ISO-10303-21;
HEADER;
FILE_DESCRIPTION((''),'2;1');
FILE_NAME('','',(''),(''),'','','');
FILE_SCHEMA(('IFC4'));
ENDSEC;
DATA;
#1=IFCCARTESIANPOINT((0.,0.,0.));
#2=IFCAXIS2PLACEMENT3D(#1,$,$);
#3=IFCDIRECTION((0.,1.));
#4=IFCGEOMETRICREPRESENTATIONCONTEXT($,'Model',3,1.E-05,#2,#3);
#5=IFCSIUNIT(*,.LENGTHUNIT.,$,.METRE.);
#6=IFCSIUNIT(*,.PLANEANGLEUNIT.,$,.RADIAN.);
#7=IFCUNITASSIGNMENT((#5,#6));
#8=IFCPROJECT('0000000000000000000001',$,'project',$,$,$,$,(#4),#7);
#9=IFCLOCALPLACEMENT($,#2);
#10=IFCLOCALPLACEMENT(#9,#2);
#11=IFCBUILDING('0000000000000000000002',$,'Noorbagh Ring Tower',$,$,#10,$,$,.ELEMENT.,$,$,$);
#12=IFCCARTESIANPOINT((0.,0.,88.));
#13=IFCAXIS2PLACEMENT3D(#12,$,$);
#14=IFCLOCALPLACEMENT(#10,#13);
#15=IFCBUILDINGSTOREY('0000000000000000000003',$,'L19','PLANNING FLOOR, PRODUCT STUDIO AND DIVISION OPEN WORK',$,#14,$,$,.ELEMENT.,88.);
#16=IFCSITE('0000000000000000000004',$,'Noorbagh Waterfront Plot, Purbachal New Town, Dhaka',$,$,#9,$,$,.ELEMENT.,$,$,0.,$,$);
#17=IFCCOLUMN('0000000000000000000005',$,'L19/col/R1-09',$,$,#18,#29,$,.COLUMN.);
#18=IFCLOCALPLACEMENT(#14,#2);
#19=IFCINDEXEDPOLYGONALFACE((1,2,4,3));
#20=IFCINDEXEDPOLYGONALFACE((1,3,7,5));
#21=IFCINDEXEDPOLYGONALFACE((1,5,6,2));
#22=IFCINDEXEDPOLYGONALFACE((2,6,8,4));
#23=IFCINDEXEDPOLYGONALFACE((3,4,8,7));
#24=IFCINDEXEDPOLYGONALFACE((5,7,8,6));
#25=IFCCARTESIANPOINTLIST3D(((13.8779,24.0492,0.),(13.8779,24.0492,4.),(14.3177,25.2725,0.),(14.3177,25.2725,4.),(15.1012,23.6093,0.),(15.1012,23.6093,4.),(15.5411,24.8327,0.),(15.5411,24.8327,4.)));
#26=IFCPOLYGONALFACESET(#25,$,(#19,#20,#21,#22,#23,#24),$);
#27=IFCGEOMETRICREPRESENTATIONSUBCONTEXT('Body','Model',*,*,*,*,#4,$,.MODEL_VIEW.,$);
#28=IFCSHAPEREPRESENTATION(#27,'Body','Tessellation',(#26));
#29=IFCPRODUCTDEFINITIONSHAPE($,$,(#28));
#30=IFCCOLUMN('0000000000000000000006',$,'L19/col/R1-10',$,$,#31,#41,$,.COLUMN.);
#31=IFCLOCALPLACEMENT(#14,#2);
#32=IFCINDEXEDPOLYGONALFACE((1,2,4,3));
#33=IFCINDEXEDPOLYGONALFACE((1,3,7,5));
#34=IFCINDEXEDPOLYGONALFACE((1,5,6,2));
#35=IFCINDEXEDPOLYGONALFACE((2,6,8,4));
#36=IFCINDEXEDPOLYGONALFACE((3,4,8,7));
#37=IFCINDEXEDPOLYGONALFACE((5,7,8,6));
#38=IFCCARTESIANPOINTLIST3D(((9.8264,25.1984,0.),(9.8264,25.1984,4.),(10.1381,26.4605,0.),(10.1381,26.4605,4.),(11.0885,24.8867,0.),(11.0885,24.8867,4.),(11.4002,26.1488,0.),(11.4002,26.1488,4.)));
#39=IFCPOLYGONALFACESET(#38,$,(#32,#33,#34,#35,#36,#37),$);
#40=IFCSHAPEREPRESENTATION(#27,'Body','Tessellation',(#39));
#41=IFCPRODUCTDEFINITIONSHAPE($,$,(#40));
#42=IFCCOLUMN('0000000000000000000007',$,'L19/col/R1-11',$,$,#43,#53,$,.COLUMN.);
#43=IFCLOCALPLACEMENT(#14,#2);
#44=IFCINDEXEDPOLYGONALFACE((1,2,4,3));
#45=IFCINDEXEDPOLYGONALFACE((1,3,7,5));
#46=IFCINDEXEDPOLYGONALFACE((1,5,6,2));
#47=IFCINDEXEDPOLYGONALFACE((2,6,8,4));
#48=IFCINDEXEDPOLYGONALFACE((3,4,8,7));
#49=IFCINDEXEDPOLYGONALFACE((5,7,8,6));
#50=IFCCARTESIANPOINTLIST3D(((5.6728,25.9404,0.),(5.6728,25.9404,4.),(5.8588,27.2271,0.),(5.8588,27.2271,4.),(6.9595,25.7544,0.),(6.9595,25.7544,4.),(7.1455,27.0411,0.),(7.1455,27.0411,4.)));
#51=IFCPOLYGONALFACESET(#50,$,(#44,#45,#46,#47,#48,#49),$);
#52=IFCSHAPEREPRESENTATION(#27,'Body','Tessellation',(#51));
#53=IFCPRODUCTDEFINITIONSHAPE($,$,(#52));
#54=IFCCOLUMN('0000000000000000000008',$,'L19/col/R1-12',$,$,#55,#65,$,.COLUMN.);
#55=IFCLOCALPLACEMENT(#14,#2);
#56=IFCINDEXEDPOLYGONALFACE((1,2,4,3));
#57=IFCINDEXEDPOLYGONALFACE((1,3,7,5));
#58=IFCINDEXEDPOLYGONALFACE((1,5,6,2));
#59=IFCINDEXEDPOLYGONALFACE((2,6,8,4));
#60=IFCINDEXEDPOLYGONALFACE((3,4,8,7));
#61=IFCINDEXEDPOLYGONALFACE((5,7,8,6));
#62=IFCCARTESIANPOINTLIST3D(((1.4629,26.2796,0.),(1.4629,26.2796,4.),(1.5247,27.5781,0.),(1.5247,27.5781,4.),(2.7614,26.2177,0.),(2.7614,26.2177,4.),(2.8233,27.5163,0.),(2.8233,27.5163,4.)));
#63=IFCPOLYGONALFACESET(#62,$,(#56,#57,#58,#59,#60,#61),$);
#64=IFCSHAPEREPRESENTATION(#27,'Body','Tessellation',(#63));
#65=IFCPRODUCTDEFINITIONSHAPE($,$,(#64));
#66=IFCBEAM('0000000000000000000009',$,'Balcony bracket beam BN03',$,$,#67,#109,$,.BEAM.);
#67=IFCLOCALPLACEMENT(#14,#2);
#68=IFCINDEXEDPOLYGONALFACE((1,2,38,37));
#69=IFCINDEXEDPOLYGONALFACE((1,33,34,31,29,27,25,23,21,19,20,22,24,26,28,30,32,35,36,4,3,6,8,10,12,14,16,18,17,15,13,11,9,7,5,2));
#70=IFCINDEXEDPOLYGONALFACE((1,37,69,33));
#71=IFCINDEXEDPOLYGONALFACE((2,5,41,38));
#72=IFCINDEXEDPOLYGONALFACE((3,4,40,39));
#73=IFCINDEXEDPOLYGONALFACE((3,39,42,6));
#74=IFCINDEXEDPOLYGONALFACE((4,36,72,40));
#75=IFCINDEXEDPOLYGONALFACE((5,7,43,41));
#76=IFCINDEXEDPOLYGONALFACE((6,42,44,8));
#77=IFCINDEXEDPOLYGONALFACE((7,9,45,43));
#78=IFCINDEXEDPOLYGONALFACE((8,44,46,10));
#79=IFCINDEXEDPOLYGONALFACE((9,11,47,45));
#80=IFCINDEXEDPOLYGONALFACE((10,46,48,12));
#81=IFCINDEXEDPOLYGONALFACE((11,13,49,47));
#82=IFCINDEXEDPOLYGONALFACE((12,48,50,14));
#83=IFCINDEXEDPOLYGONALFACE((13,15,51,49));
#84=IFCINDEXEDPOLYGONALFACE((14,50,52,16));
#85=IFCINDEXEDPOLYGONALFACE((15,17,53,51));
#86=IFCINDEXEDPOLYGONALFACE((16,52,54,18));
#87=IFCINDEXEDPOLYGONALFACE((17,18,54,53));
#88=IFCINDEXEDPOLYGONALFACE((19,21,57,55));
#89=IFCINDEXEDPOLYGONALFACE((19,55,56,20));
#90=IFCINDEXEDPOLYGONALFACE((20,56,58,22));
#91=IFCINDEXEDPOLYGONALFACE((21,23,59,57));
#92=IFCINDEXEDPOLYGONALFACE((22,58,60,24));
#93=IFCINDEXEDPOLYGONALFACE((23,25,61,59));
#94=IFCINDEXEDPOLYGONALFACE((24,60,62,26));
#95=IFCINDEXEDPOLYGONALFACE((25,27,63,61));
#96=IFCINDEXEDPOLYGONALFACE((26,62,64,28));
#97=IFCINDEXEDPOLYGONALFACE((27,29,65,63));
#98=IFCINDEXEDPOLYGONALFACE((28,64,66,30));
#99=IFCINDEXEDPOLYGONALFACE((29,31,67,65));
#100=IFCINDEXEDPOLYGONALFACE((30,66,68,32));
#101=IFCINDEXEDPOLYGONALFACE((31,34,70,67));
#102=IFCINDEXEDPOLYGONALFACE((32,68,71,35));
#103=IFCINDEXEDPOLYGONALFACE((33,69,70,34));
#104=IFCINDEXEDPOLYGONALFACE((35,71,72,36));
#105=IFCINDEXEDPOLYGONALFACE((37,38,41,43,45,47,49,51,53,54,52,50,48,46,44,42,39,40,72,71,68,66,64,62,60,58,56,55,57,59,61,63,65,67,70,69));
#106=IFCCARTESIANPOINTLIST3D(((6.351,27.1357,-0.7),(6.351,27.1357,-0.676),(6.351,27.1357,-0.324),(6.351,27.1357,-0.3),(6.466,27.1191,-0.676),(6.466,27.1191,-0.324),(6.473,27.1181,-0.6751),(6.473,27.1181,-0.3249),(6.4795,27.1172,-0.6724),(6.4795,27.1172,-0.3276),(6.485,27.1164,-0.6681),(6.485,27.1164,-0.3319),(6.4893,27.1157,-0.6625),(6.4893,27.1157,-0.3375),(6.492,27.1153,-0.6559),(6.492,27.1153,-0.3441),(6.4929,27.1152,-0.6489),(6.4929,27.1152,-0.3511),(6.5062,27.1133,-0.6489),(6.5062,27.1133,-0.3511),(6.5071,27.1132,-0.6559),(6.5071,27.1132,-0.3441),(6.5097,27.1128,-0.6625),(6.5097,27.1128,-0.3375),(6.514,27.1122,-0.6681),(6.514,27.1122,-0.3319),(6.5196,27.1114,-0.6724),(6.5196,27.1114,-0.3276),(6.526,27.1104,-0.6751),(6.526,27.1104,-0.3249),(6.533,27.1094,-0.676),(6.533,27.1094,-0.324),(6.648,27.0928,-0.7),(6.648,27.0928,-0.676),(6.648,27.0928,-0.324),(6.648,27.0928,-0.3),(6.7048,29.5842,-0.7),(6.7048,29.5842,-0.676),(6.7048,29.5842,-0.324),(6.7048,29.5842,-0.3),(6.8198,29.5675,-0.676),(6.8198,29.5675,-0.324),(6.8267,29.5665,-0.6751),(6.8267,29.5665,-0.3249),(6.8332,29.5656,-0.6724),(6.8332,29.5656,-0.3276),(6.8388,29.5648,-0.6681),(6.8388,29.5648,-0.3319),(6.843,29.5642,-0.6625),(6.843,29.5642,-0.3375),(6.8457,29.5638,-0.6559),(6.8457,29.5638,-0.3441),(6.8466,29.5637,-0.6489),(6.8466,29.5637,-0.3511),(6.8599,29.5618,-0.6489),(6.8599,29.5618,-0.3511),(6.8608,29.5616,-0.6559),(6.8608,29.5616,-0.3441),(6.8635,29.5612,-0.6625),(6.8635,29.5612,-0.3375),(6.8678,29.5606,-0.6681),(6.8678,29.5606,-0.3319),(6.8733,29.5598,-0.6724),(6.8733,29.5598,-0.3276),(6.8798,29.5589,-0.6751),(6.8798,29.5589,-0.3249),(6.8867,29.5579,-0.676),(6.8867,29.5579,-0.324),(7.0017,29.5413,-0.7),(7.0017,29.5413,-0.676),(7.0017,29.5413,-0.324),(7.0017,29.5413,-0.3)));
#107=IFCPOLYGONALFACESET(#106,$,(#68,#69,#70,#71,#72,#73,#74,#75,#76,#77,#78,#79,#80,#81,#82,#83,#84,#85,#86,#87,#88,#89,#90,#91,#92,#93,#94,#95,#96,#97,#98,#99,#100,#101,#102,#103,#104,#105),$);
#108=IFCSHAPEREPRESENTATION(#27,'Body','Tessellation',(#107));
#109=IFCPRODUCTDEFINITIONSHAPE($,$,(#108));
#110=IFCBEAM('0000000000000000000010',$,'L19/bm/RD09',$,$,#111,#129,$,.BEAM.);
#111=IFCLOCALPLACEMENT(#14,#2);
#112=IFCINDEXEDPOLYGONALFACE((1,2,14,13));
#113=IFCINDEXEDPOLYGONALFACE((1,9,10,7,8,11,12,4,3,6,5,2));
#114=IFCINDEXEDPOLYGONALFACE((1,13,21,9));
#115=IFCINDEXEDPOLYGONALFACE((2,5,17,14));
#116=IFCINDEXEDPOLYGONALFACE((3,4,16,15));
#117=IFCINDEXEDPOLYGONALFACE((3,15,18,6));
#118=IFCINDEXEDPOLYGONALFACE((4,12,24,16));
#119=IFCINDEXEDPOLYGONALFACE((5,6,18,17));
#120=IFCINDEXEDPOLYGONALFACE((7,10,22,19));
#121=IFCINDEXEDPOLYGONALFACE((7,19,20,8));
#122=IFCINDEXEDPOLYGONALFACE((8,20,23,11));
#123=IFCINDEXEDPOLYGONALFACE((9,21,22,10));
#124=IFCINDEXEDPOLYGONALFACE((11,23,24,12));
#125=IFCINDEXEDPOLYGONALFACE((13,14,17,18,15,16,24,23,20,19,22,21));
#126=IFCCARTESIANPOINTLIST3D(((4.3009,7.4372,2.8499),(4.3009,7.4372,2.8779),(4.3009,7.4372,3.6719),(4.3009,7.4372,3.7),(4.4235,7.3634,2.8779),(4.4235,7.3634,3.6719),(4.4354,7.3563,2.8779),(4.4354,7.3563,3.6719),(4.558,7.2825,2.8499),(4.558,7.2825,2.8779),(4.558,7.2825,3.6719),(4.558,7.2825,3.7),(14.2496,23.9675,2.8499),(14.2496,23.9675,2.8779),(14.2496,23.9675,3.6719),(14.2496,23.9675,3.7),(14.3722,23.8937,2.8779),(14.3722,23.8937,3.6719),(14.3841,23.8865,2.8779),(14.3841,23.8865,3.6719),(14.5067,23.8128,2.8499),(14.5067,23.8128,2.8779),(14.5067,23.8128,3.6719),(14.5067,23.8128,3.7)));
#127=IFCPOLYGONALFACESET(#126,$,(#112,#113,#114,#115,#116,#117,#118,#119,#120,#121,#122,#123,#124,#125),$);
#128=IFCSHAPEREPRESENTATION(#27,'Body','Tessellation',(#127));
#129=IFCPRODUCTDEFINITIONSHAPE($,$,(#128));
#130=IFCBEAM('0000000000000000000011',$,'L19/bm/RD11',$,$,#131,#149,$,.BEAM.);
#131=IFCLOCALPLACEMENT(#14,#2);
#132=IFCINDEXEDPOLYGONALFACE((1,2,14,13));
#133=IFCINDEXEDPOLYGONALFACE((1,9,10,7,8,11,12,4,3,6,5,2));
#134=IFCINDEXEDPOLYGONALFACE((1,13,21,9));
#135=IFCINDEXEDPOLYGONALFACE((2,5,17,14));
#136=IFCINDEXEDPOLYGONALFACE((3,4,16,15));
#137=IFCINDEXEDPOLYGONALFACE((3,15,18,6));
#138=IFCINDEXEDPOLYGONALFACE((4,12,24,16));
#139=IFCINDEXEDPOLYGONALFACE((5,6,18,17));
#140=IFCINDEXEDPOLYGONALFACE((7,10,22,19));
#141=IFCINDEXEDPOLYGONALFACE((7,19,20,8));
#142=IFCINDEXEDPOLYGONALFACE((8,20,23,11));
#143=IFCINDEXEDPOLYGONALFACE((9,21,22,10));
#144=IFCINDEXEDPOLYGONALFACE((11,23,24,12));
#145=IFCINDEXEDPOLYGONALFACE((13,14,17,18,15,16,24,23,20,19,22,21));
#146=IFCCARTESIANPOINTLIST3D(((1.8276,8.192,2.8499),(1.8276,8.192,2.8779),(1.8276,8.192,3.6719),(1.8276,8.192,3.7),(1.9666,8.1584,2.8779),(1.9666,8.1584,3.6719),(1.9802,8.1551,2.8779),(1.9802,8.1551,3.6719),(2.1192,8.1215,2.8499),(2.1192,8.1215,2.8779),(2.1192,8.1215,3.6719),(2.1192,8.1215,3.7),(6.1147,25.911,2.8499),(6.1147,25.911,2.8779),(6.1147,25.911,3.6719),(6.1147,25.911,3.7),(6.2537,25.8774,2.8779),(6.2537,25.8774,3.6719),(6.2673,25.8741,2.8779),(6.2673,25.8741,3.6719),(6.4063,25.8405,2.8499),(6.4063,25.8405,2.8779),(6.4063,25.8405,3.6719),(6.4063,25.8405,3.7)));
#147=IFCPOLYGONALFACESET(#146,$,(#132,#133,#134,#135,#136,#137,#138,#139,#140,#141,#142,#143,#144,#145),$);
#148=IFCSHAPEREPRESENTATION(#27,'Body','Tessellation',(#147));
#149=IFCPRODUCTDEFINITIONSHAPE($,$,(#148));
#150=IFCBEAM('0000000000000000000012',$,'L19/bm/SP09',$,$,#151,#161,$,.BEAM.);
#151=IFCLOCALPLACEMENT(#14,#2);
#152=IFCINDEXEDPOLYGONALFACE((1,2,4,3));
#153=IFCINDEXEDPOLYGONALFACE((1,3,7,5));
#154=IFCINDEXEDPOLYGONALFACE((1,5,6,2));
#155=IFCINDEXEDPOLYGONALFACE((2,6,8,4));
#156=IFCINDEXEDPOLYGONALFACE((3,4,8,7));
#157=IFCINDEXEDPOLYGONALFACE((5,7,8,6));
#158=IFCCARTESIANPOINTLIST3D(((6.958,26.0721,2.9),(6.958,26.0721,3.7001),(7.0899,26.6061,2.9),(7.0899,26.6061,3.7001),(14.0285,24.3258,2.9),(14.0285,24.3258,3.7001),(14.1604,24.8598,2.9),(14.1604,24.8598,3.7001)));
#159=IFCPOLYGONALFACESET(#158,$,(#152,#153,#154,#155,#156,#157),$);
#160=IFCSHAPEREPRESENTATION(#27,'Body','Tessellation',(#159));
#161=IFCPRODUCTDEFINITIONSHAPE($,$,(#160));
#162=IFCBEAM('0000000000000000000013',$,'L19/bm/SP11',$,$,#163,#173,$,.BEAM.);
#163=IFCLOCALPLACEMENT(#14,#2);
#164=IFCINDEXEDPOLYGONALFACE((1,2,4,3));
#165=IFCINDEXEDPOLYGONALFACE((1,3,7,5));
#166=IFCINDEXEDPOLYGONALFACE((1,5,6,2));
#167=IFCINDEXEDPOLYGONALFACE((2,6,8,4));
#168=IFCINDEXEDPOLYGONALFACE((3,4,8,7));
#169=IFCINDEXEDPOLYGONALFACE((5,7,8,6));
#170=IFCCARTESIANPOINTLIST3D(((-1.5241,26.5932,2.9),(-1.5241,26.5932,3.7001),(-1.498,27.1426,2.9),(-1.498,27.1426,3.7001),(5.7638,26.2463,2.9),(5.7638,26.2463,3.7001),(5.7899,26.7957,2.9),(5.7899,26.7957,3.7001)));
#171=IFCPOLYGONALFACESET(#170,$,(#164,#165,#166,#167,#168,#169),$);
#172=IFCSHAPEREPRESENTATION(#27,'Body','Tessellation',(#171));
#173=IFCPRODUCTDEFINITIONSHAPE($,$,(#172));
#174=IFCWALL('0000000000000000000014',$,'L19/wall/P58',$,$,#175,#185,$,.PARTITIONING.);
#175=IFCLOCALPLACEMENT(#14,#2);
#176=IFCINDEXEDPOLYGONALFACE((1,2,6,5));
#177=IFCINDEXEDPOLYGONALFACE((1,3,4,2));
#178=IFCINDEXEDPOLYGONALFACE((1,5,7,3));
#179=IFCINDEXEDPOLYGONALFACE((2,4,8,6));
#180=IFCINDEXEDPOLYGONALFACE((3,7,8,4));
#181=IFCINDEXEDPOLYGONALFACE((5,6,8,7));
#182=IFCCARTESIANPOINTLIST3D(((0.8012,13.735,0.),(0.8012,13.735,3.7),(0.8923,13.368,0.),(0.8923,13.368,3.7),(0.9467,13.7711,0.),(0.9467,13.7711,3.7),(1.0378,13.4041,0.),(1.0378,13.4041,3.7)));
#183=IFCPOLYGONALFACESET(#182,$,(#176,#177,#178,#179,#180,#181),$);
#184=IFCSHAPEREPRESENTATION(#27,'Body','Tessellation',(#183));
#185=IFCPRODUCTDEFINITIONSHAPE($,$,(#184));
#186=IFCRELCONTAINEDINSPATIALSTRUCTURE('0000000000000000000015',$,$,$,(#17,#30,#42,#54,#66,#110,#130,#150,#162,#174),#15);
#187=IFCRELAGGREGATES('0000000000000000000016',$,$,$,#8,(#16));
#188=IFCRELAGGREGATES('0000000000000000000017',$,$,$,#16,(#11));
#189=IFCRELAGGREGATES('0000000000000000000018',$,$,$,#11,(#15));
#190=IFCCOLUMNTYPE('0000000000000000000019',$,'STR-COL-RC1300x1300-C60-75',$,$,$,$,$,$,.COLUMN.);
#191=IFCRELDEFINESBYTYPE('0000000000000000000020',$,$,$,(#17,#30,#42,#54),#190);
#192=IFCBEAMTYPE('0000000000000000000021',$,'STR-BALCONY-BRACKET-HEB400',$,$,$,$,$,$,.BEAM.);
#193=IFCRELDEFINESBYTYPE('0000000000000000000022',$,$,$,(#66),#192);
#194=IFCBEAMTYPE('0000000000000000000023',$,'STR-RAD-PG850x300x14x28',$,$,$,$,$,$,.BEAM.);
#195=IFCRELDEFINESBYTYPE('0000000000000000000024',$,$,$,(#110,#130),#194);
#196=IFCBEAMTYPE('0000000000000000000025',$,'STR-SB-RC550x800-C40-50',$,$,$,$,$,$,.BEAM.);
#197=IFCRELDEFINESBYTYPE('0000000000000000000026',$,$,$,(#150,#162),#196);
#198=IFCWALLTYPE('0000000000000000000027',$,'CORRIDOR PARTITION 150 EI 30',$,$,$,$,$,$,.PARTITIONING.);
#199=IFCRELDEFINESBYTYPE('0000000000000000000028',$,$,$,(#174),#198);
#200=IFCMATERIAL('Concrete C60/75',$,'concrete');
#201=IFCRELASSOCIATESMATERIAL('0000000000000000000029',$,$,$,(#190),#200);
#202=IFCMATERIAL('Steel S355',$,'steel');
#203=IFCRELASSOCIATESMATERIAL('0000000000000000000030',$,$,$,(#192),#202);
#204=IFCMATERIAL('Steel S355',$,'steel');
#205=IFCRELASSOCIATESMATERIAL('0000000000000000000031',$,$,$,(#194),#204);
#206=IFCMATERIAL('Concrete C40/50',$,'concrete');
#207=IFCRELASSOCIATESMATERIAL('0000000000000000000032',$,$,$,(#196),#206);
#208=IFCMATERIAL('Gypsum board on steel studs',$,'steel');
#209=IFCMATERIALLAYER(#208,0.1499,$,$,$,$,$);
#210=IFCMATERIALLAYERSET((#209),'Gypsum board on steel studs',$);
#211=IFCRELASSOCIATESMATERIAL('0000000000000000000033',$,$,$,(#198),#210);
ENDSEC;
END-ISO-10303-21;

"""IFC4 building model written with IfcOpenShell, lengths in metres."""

from ifc_helpers import new_model, si_unit, direction, frame, frame_2d, origin, origin_2d, place, context, subcontext, project, spatial, rectangle, i_section, extrude, material, layer, layer_set, material_profile, profile_set, type_object, element, save


model = new_model("IFC4")

# Units and contexts
model_context = context("Model", 3, precision=1e-05, world=origin(), true_north=direction((0.0, 1.0)))
body_context = subcontext(model_context, "Body", "Model", "MODEL_VIEW")
ifc_project = project(units=[si_unit("LENGTHUNIT", "METRE"), si_unit("PLANEANGLEUNIT", "RADIAN")], contexts=[model_context])

# Site, building, storey
site_placement = place(None, origin())
site = spatial("IfcSite", under=ifc_project, at=site_placement, Name="Noorbagh Waterfront Plot, Purbachal New Town, Dhaka", CompositionType="ELEMENT", RefElevation=0.0)
building_placement = place(site_placement, origin())
building = spatial("IfcBuilding", under=site, at=building_placement, Name="Noorbagh Ring Tower", CompositionType="ELEMENT")
storey_placement = place(building_placement, frame((0.0, 0.0, 88.0)))
storey = spatial("IfcBuildingStorey", under=building, at=storey_placement, Name="L19", Description="PLANNING FLOOR, PRODUCT STUDIO AND DIVISION OPEN WORK", CompositionType="ELEMENT", Elevation=88.0)

# Columns
ifc_material_1 = material(Name="Concrete C60/75", Category="concrete")
ifc_material_profile_1 = material_profile(ifc_material_1, rectangle(XDim=1.3, YDim=1.3, at=origin_2d()), Name="RC1300x1300")
ifc_profile_set_1 = profile_set([ifc_material_profile_1], Name="Concrete C60/75")
column_type = type_object("IfcColumnType", Name="STR-COL-RC1300x1300-C60-75", PredefinedType="COLUMN", material=ifc_profile_set_1)
for number, where, z_axis, x_axis, name in (
    (1, (14.7095, 24.4409, 0.0), (0.0, 0.0, 1.0), (-0.941025, 0.338338, 0.0), "L19/col/R1-09"),
    (2, (10.6133, 25.6736, 0.0), (0.0, 0.0, 1.0), (-0.970829, 0.239771, 0.0), "L19/col/R1-10"),
    (3, (6.4092, 26.4907, 0.0), (0.0, 0.0, 1.0), (-0.989713, 0.143066, 0.0), "L19/col/R1-11"),
    (4, (2.1431, 26.8979, 0.0), (0.0, 0.0, 1.0), (-0.998869, 0.047553, 0.0), "L19/col/R1-12"),
):
    element("IfcColumn", number, at=place(storey_placement, frame(where, z_axis=z_axis, x_axis=x_axis)), inside=storey, type_object=column_type, Name=name, PredefinedType="COLUMN", context=body_context, shape_type="SweptSolid", body=[
        extrude(rectangle(XDim=1.3, YDim=1.3, at=origin_2d()), origin(), (0.0, 0.0, 1.0), 4.0),
    ])

# Beams
ifc_material_2 = material(Name="Steel S355", Category="steel")
ifc_material_profile_2 = material_profile(ifc_material_2, i_section(OverallWidth=0.3, OverallDepth=0.3999, WebThickness=0.0134, FlangeThickness=0.0239, FilletRadius=0.0271, at=origin_2d()), Name="HEB400")
ifc_profile_set_2 = profile_set([ifc_material_profile_2], Name="Steel S355")
beam_type_1 = type_object("IfcBeamType", Name="STR-BALCONY-BRACKET-HEB400", PredefinedType="BEAM", material=ifc_profile_set_2)
beam_1_placement = place(storey_placement, frame((6.4995, 27.1143, -0.5), z_axis=(0.142996, 0.989723, 0.0), x_axis=(-0.989723, 0.142996, 0.0)))
element("IfcBeam", 5, at=beam_1_placement, inside=storey, type_object=beam_type_1, Name="Balcony bracket beam BN03", PredefinedType="BEAM", context=body_context, shape_type="SweptSolid", body=[
    extrude(i_section(OverallWidth=0.3, OverallDepth=0.3999, WebThickness=0.0134, FlangeThickness=0.0239, FilletRadius=0.0271, at=origin_2d()), origin(), (0.0, 0.0, 1.0), 2.4739),
])
ifc_material_3 = material(Name="Steel S355", Category="steel")
ifc_material_profile_3 = material_profile(ifc_material_3, i_section(OverallWidth=0.3, OverallDepth=0.8501, WebThickness=0.0139, FlangeThickness=0.0281, at=origin_2d()), Name="PG850x300x14x28")
ifc_profile_set_3 = profile_set([ifc_material_profile_3], Name="Steel S355")
beam_type_2 = type_object("IfcBeamType", Name="STR-RAD-PG850x300x14x28", PredefinedType="BEAM", material=ifc_profile_set_3)
beam_2_placement = place(storey_placement, frame((14.3782, 23.8901, 3.2749), z_axis=(-0.51566, -0.856793, 0.0), x_axis=(0.856793, -0.51566, 0.0)))
element("IfcBeam", 6, at=beam_2_placement, inside=storey, type_object=beam_type_2, Name="L19/bm/RD09", PredefinedType="BEAM", context=body_context, shape_type="SweptSolid", body=[
    extrude(i_section(OverallWidth=0.3, OverallDepth=0.8501, WebThickness=0.0139, FlangeThickness=0.0281, at=origin_2d()), origin(), (0.0, 0.0, 1.0), 19.2932),
])
beam_3_placement = place(storey_placement, frame((6.2605, 25.8757, 3.2749), z_axis=(-0.235165, -0.971956, 0.0), x_axis=(0.971956, -0.235165, 0.0)))
element("IfcBeam", 7, at=beam_3_placement, inside=storey, type_object=beam_type_2, Name="L19/bm/RD11", PredefinedType="BEAM", context=body_context, shape_type="SweptSolid", body=[
    extrude(i_section(OverallWidth=0.3, OverallDepth=0.8501, WebThickness=0.0139, FlangeThickness=0.0281, at=origin_2d()), origin(), (0.0, 0.0, 1.0), 18.2302),
])
ifc_material_4 = material(Name="Concrete C40/50", Category="concrete")
ifc_material_profile_4 = material_profile(ifc_material_4, rectangle(XDim=0.55, YDim=0.8, at=origin_2d()), Name="RC550x800")
ifc_profile_set_4 = profile_set([ifc_material_profile_4], Name="Concrete C40/50")
beam_type_3 = type_object("IfcBeamType", Name="STR-SB-RC550x800-C40-50", PredefinedType="BEAM", material=ifc_profile_set_4)
beam_4_placement = place(storey_placement, frame((14.0945, 24.5928, 3.3), z_axis=(-0.970827, 0.239782, 0.0), x_axis=(-0.239782, -0.970827, 0.0)))
element("IfcBeam", 8, at=beam_4_placement, inside=storey, type_object=beam_type_3, Name="L19/bm/SP09", PredefinedType="BEAM", context=body_context, shape_type="SweptSolid", body=[
    extrude(rectangle(XDim=0.55, YDim=0.8, at=origin_2d()), origin(), (0.0, 0.0, 1.0), 7.283),
])
beam_5_placement = place(storey_placement, frame((5.7769, 26.521, 3.3), z_axis=(-0.998869, 0.047549, 0.0), x_axis=(-0.047549, -0.998869, 0.0)))
element("IfcBeam", 9, at=beam_5_placement, inside=storey, type_object=beam_type_3, Name="L19/bm/SP11", PredefinedType="BEAM", context=body_context, shape_type="SweptSolid", body=[
    extrude(rectangle(XDim=0.55, YDim=0.8, at=origin_2d()), origin(), (0.0, 0.0, 1.0), 7.2961),
])

# Wall
ifc_material_5 = material(Name="Gypsum board on steel studs", Category="steel")
ifc_layer_1 = layer(ifc_material_5, 0.1499)
ifc_layer_set_1 = layer_set([ifc_layer_1], Name="Gypsum board on steel studs")
wall_type_1 = type_object("IfcWallType", Name="CORRIDOR PARTITION 150 EI 30", PredefinedType="PARTITIONING", material=ifc_layer_set_1)
wall_1_placement = place(storey_placement, frame((0.874, 13.7529, 0.0), z_axis=(0.0, 0.0, 1.0), x_axis=(0.240864, -0.970559, 0.0)))
element("IfcWall", 10, at=wall_1_placement, inside=storey, type_object=wall_type_1, Name="L19/wall/P58", PredefinedType="PARTITIONING", context=body_context, shape_type="SweptSolid", body=[
    extrude(rectangle(XDim=0.3782, YDim=0.1499, at=frame_2d((0.189, 0.0))), origin(), (0.0, 0.0, 1.0), 3.7),
])

save(model, "model.ifc")
